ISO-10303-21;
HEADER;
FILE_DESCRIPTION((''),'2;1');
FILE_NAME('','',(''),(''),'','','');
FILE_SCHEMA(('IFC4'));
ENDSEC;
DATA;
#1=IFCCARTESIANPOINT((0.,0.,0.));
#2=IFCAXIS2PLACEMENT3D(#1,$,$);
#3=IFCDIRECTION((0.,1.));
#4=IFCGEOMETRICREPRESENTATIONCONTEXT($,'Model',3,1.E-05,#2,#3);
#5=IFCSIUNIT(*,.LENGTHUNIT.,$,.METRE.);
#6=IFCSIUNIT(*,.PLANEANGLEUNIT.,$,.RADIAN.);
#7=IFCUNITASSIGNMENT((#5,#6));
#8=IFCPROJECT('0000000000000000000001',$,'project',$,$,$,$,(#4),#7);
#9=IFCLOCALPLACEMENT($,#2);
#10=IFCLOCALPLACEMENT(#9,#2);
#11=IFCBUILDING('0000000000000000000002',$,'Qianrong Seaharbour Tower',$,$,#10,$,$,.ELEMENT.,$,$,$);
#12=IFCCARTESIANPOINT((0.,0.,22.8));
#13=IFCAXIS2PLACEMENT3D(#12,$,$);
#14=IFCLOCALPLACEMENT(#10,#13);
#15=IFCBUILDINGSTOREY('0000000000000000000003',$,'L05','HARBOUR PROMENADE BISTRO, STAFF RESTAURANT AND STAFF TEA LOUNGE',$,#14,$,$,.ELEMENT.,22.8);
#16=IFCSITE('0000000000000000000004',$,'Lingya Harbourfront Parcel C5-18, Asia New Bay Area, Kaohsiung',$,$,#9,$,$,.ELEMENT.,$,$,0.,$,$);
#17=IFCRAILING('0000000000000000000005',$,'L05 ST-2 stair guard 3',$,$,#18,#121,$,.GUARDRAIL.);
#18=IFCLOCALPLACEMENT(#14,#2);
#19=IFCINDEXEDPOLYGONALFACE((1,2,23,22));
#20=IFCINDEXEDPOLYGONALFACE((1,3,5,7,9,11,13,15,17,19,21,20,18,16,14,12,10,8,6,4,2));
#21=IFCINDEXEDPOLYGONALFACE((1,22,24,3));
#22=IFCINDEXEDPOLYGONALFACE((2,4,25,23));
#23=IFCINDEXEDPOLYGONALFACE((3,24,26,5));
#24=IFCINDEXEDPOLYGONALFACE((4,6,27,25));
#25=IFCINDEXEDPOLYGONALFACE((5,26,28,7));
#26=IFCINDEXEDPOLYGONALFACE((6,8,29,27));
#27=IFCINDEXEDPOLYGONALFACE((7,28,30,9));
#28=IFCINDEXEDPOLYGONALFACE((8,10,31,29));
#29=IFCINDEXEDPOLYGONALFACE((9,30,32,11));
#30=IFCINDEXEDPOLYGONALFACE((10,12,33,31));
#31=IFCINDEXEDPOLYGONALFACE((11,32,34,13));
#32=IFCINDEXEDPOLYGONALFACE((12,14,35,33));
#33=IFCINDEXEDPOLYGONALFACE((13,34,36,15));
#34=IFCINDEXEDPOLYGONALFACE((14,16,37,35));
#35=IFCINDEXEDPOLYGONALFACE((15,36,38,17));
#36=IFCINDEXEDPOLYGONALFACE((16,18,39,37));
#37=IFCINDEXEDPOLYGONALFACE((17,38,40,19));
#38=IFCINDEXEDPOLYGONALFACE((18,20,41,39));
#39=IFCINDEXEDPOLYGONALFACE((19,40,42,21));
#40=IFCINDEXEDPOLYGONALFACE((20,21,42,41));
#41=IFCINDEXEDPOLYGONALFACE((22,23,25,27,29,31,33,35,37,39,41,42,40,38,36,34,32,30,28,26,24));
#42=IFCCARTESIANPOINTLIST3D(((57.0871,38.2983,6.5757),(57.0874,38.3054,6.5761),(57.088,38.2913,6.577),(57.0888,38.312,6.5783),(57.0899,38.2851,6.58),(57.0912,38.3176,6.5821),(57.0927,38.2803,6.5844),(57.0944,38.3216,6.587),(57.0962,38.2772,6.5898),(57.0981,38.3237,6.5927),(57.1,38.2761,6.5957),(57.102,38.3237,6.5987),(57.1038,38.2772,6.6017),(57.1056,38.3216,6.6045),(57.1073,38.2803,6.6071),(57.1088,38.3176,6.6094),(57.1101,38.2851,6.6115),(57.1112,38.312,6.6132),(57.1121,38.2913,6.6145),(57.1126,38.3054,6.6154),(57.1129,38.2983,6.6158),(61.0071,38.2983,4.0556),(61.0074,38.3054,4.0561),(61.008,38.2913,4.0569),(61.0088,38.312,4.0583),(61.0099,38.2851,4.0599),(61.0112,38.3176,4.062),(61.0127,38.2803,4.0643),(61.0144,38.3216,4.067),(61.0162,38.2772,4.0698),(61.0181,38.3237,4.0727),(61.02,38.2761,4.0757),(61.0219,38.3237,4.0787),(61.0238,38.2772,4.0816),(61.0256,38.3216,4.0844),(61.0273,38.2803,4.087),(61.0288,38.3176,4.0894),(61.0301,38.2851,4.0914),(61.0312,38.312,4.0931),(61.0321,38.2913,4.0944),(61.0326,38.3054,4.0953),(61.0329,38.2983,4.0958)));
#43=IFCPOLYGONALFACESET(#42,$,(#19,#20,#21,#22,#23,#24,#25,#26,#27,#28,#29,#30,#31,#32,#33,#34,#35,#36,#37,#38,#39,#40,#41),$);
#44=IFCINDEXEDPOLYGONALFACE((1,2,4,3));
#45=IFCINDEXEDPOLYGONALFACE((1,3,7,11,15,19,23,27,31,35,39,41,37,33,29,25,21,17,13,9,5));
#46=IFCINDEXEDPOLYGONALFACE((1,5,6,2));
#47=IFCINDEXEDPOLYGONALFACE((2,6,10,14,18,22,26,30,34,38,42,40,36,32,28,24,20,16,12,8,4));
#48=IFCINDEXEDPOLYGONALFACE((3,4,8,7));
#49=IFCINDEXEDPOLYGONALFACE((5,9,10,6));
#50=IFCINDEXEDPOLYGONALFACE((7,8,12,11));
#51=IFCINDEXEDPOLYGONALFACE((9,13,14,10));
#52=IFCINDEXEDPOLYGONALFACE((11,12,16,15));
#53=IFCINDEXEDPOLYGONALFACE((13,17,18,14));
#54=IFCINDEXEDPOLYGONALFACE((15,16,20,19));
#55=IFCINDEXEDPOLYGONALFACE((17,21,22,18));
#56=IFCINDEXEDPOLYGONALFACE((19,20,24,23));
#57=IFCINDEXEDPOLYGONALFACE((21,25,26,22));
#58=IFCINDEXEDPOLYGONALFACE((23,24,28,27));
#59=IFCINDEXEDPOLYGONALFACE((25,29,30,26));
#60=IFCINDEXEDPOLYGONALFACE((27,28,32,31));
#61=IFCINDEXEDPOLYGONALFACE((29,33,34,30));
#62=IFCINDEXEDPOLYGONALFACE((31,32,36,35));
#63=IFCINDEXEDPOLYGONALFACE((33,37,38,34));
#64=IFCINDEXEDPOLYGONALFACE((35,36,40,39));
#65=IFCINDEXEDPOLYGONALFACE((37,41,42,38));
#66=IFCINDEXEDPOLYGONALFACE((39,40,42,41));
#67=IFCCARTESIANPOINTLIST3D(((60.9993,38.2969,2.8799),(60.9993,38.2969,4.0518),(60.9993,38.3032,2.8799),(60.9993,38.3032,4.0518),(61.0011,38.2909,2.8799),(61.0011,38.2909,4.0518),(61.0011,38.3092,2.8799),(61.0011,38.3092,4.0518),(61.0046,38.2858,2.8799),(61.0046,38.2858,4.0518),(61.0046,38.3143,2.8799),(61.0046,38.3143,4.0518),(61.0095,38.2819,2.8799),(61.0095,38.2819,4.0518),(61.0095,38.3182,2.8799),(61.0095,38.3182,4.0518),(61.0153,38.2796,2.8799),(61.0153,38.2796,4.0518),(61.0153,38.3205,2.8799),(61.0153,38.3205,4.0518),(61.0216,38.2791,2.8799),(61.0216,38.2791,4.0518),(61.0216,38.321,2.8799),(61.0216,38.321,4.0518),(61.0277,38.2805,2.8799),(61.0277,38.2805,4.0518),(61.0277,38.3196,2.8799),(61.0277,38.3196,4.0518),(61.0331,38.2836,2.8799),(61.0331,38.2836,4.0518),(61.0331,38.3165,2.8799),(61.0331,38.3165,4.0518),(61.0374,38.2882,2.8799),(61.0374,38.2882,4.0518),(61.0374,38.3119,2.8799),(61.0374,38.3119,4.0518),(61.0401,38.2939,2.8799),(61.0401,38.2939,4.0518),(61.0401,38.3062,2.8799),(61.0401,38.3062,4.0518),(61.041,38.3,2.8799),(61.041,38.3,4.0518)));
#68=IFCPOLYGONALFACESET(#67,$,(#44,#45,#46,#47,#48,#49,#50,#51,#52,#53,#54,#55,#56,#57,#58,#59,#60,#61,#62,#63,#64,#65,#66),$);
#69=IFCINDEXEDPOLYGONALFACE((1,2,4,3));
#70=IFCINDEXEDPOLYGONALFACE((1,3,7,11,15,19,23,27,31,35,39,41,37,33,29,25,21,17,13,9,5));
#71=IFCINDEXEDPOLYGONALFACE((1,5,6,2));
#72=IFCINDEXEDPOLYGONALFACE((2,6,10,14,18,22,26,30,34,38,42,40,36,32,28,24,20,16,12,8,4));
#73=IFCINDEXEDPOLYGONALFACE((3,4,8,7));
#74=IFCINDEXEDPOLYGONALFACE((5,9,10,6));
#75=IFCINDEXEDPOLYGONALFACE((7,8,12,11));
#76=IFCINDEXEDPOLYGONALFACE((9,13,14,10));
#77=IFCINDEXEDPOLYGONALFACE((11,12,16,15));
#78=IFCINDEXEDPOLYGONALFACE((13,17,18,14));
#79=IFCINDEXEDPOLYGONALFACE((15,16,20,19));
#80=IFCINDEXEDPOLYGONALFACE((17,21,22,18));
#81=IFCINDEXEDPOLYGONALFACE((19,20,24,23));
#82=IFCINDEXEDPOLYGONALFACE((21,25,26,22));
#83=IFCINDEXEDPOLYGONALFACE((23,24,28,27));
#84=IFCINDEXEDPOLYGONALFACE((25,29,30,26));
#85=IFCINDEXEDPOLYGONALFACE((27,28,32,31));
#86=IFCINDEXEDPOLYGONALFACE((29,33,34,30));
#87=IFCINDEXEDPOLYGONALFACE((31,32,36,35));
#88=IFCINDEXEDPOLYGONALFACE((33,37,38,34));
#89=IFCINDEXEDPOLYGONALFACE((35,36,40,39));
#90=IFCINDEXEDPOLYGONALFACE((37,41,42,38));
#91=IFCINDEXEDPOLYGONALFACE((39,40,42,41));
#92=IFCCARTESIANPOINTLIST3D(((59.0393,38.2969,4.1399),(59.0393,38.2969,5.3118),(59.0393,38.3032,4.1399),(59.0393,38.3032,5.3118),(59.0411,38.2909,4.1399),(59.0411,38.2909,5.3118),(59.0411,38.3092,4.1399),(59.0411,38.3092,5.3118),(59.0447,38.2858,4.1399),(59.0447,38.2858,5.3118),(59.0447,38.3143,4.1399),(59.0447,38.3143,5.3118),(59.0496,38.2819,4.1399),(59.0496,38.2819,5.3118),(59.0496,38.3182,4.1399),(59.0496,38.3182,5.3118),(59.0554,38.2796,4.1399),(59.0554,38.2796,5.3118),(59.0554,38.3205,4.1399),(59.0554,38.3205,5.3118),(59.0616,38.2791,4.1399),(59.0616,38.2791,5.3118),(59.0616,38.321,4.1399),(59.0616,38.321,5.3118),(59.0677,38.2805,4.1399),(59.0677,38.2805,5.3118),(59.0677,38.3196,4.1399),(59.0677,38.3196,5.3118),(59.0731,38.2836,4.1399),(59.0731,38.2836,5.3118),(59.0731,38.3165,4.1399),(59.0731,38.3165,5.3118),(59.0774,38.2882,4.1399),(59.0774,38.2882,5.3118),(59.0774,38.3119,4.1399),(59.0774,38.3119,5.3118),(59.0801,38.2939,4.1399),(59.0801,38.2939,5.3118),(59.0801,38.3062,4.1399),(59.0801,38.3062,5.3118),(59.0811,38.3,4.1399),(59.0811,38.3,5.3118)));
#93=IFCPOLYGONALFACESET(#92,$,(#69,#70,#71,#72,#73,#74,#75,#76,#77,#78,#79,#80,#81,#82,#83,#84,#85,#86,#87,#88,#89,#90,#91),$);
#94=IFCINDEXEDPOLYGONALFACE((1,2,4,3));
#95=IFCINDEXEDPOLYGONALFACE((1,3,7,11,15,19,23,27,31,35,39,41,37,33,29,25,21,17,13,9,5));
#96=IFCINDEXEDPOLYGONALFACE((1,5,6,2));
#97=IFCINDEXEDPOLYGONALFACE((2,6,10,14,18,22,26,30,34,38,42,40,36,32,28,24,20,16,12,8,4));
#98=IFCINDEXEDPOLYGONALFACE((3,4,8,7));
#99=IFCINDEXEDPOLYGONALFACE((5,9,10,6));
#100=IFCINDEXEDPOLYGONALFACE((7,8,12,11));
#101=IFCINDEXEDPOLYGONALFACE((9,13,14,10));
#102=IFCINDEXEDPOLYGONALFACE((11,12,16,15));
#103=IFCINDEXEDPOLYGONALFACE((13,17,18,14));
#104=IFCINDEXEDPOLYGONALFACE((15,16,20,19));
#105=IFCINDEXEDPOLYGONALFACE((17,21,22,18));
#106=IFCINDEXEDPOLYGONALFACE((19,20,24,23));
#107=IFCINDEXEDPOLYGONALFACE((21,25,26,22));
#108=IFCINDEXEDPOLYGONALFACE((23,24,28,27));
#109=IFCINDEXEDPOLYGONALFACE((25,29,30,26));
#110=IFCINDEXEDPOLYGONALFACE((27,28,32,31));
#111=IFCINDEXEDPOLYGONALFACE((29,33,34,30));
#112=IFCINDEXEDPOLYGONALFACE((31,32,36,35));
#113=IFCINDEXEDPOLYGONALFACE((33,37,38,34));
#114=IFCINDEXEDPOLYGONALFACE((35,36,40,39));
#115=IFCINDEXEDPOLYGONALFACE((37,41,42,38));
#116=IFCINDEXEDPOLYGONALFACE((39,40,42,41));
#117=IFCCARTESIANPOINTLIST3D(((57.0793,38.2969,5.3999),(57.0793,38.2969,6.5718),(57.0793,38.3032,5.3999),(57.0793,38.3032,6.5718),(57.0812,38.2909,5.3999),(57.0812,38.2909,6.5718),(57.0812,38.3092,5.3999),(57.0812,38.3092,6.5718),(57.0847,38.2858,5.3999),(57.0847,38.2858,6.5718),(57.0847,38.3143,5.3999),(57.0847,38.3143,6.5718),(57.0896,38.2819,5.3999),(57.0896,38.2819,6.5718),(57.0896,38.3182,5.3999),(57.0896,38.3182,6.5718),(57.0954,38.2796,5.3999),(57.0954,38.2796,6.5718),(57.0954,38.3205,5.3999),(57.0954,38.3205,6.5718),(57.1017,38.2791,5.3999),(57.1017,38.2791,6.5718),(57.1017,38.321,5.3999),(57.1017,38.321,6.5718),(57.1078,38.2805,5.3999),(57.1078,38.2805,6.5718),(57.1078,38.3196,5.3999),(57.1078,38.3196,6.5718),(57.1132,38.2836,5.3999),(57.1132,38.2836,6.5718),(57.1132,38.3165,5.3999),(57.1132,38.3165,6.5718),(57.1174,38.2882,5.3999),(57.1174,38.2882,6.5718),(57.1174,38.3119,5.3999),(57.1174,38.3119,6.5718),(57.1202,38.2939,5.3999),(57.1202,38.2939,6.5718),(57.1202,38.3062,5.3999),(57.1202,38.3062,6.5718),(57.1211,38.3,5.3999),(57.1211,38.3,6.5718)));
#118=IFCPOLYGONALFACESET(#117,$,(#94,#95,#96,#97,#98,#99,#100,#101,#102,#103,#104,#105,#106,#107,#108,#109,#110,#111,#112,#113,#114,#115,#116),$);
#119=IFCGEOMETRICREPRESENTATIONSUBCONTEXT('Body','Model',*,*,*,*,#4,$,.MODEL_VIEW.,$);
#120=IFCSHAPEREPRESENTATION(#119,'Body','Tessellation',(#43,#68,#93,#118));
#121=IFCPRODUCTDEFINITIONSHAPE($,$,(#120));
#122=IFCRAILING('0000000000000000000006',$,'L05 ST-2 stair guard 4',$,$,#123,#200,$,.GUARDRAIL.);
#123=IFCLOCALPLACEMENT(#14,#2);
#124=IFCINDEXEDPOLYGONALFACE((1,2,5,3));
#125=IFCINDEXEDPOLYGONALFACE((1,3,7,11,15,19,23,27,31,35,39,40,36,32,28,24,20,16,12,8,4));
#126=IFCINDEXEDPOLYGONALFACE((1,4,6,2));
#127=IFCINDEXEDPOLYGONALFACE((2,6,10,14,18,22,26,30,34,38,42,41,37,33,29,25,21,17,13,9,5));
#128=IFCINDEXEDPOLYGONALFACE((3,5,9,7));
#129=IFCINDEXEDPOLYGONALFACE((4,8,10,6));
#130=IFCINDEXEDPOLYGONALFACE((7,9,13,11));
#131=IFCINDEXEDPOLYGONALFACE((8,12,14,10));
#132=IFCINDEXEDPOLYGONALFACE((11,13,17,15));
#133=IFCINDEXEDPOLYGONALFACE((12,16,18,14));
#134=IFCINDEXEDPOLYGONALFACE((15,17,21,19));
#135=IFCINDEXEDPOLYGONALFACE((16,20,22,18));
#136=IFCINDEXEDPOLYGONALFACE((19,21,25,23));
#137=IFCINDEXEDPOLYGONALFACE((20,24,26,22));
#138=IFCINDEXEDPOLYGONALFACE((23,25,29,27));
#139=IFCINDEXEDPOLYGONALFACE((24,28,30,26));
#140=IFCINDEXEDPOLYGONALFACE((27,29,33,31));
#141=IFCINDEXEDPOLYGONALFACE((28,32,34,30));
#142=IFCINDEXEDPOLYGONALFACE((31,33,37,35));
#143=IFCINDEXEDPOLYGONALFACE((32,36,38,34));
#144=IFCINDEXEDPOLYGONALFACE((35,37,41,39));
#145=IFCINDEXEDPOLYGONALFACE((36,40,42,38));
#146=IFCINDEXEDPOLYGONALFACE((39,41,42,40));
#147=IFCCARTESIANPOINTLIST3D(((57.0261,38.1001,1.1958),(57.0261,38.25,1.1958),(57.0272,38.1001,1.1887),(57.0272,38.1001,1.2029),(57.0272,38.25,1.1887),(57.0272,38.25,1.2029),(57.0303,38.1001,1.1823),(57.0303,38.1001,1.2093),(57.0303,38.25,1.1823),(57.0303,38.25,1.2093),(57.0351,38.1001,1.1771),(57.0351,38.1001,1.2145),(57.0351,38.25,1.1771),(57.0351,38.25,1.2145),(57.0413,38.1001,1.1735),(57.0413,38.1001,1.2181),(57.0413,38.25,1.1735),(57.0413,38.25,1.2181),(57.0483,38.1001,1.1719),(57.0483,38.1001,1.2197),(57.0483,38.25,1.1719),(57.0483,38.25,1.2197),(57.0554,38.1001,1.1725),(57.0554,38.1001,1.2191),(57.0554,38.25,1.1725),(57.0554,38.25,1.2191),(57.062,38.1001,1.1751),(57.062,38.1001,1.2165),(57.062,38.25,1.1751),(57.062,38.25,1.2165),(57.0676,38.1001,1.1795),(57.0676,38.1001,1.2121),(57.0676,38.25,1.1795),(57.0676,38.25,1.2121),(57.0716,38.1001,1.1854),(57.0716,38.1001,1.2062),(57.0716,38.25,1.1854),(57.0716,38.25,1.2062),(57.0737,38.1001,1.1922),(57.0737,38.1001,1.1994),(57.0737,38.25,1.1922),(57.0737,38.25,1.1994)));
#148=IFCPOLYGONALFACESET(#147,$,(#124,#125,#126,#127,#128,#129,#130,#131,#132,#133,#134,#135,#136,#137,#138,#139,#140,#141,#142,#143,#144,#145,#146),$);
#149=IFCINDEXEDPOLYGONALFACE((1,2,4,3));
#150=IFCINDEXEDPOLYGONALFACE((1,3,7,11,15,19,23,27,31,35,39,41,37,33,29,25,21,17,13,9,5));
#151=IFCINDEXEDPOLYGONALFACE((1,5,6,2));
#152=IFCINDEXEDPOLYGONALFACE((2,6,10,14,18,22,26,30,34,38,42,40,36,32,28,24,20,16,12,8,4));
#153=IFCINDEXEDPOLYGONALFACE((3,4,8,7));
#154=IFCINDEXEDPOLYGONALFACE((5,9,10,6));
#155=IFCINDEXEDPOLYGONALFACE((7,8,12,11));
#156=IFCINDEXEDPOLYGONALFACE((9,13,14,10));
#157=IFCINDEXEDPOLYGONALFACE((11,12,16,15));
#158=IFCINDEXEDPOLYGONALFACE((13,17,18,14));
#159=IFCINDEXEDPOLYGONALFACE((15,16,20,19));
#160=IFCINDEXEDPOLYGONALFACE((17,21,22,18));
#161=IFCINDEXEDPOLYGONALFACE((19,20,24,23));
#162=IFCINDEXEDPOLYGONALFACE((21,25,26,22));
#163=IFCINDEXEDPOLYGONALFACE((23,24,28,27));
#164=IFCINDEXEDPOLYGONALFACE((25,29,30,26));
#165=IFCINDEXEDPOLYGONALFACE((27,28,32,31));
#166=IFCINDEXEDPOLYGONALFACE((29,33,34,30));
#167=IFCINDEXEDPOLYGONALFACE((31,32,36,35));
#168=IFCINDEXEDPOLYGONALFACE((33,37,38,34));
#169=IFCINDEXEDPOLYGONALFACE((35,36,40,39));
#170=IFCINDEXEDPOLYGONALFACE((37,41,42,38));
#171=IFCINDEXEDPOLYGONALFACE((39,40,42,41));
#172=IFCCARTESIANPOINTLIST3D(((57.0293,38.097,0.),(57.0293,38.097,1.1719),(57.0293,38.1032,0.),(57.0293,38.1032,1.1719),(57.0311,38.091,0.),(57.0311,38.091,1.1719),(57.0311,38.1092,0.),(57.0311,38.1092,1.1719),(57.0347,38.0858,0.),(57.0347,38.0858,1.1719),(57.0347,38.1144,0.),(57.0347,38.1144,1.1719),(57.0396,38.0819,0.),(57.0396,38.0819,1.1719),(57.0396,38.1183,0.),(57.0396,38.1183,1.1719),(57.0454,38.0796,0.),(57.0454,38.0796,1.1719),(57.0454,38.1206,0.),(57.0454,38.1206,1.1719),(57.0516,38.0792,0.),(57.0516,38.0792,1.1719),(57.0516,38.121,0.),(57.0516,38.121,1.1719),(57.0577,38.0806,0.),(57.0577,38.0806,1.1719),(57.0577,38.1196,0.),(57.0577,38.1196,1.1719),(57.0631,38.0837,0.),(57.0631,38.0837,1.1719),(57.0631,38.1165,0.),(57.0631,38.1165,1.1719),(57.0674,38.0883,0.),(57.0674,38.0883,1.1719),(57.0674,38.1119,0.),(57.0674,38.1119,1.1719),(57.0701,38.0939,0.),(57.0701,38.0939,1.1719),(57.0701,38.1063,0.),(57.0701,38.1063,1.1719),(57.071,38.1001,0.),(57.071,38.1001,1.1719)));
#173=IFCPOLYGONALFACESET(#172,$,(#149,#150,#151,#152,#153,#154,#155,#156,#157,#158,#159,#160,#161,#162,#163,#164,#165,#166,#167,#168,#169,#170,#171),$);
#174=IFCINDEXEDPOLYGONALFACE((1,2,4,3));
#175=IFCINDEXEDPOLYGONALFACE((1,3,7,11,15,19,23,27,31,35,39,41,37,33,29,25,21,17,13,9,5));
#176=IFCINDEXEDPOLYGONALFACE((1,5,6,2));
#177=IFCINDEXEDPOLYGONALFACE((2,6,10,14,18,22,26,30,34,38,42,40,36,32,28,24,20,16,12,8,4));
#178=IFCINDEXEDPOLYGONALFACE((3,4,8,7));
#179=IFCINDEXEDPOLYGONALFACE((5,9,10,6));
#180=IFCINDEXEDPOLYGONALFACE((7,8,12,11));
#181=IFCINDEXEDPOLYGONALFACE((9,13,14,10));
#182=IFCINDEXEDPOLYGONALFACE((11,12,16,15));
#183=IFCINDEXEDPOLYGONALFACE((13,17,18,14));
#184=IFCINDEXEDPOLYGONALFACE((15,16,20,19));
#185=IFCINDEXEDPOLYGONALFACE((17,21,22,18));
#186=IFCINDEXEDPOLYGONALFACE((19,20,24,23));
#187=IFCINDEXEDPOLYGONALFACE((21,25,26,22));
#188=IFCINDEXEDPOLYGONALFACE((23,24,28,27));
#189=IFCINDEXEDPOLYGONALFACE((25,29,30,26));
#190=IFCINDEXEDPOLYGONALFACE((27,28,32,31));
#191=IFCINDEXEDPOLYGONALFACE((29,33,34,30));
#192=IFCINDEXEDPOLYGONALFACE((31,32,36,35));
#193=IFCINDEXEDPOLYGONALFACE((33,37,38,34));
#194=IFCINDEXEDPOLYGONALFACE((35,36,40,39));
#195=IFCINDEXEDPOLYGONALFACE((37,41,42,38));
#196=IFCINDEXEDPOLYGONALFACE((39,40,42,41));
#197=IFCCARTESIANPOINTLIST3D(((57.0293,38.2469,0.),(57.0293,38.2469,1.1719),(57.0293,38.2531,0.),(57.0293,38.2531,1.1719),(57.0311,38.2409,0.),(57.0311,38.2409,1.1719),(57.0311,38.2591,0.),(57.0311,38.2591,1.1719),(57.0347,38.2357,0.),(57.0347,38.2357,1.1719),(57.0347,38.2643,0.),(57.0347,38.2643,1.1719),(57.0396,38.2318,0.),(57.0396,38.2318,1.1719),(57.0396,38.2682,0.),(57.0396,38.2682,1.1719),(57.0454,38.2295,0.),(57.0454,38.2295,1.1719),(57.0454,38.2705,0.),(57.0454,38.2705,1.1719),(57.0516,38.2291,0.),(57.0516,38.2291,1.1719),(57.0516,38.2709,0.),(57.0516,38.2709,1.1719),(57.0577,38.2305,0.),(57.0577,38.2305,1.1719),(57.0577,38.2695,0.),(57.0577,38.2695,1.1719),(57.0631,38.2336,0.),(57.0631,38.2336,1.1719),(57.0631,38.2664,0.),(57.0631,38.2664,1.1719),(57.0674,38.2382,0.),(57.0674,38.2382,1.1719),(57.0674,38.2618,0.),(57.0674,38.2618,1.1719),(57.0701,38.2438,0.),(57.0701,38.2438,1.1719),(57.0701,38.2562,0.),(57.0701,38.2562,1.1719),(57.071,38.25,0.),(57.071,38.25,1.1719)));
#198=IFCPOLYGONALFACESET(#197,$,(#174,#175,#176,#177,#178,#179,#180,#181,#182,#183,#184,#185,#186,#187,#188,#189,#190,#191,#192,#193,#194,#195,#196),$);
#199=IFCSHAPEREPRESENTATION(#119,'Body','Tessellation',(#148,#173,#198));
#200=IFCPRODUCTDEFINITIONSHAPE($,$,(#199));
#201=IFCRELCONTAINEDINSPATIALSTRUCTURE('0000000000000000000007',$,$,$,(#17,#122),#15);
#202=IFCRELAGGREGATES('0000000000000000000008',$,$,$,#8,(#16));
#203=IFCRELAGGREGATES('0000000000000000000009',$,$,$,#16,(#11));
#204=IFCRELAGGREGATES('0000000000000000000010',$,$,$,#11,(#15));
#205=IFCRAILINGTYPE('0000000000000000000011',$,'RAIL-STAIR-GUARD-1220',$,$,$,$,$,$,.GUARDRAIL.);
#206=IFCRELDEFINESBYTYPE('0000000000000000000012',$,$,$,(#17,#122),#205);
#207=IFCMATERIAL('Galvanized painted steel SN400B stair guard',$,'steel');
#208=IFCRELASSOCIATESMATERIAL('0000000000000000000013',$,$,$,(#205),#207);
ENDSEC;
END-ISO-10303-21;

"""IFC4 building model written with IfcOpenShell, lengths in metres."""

from ifc_helpers import new_model, si_unit, direction, frame, origin, origin_2d, place, context, subcontext, project, spatial, circle, extrude, material, type_object, element, save


model = new_model("IFC4")

# Units and contexts
model_context = context("Model", 3, precision=1e-05, world=origin(), true_north=direction((0.0, 1.0)))
body_context = subcontext(model_context, "Body", "Model", "MODEL_VIEW")
ifc_project = project(units=[si_unit("LENGTHUNIT", "METRE"), si_unit("PLANEANGLEUNIT", "RADIAN")], contexts=[model_context])

# Site, building, storey
site_placement = place(None, origin())
site = spatial("IfcSite", under=ifc_project, at=site_placement, Name="Lingya Harbourfront Parcel C5-18, Asia New Bay Area, Kaohsiung", CompositionType="ELEMENT", RefElevation=0.0)
building_placement = place(site_placement, origin())
building = spatial("IfcBuilding", under=site, at=building_placement, Name="Qianrong Seaharbour Tower", CompositionType="ELEMENT")
storey_placement = place(building_placement, frame((0.0, 0.0, 22.8)))
storey = spatial("IfcBuildingStorey", under=building, at=storey_placement, Name="L05", Description="HARBOUR PROMENADE BISTRO, STAFF RESTAURANT AND STAFF TEA LOUNGE", CompositionType="ELEMENT", Elevation=22.8)

# Railings
ifc_material_1 = material(Name="Galvanized painted steel SN400B stair guard", Category="steel")
railing_type_1 = type_object("IfcRailingType", Name="RAIL-STAIR-GUARD-1220", PredefinedType="GUARDRAIL", material=ifc_material_1)
railing_1_placement = place(storey_placement, frame((61.02, 38.3, 2.8799)))
element("IfcRailing", 1, at=railing_1_placement, inside=storey, type_object=railing_type_1, Name="L05 ST-2 stair guard 3", PredefinedType="GUARDRAIL", context=body_context, shape_type="SweptSolid", body=[
    extrude(circle(Radius=0.0239, at=origin_2d()), frame((0.0, 0.0, 1.1958), z_axis=(-0.841172, 0.0, 0.540768), x_axis=(0.0, -1.0, 0.0)), (0.0, 0.0, 1.0), 4.6602),
    extrude(circle(Radius=0.021, at=origin_2d()), origin(), (0.0, 0.0, 1.0), 1.1719),
    extrude(circle(Radius=0.021, at=origin_2d()), frame((-1.96, 0.0, 1.26)), (0.0, 0.0, 1.0), 1.1719),
    extrude(circle(Radius=0.021, at=origin_2d()), frame((-3.9199, 0.0, 2.52)), (0.0, 0.0, 1.0), 1.1719),
])
railing_2_placement = place(storey_placement, frame((57.05, 38.1001, 0.0)))
element("IfcRailing", 2, at=railing_2_placement, inside=storey, type_object=railing_type_1, Name="L05 ST-2 stair guard 4", PredefinedType="GUARDRAIL", context=body_context, shape_type="SweptSolid", body=[
    extrude(circle(Radius=0.0239, at=origin_2d()), frame((0.0, 0.0, 1.1958), z_axis=(0.0, 1.0, 0.0), x_axis=(-1.0, 0.0, 0.0)), (0.0, 0.0, 1.0), 0.1499),
    extrude(circle(Radius=0.021, at=origin_2d()), origin(), (0.0, 0.0, 1.0), 1.1719),
    extrude(circle(Radius=0.021, at=origin_2d()), frame((0.0, 0.1499, 0.0)), (0.0, 0.0, 1.0), 1.1719),
])

save(model, "model.ifc")
